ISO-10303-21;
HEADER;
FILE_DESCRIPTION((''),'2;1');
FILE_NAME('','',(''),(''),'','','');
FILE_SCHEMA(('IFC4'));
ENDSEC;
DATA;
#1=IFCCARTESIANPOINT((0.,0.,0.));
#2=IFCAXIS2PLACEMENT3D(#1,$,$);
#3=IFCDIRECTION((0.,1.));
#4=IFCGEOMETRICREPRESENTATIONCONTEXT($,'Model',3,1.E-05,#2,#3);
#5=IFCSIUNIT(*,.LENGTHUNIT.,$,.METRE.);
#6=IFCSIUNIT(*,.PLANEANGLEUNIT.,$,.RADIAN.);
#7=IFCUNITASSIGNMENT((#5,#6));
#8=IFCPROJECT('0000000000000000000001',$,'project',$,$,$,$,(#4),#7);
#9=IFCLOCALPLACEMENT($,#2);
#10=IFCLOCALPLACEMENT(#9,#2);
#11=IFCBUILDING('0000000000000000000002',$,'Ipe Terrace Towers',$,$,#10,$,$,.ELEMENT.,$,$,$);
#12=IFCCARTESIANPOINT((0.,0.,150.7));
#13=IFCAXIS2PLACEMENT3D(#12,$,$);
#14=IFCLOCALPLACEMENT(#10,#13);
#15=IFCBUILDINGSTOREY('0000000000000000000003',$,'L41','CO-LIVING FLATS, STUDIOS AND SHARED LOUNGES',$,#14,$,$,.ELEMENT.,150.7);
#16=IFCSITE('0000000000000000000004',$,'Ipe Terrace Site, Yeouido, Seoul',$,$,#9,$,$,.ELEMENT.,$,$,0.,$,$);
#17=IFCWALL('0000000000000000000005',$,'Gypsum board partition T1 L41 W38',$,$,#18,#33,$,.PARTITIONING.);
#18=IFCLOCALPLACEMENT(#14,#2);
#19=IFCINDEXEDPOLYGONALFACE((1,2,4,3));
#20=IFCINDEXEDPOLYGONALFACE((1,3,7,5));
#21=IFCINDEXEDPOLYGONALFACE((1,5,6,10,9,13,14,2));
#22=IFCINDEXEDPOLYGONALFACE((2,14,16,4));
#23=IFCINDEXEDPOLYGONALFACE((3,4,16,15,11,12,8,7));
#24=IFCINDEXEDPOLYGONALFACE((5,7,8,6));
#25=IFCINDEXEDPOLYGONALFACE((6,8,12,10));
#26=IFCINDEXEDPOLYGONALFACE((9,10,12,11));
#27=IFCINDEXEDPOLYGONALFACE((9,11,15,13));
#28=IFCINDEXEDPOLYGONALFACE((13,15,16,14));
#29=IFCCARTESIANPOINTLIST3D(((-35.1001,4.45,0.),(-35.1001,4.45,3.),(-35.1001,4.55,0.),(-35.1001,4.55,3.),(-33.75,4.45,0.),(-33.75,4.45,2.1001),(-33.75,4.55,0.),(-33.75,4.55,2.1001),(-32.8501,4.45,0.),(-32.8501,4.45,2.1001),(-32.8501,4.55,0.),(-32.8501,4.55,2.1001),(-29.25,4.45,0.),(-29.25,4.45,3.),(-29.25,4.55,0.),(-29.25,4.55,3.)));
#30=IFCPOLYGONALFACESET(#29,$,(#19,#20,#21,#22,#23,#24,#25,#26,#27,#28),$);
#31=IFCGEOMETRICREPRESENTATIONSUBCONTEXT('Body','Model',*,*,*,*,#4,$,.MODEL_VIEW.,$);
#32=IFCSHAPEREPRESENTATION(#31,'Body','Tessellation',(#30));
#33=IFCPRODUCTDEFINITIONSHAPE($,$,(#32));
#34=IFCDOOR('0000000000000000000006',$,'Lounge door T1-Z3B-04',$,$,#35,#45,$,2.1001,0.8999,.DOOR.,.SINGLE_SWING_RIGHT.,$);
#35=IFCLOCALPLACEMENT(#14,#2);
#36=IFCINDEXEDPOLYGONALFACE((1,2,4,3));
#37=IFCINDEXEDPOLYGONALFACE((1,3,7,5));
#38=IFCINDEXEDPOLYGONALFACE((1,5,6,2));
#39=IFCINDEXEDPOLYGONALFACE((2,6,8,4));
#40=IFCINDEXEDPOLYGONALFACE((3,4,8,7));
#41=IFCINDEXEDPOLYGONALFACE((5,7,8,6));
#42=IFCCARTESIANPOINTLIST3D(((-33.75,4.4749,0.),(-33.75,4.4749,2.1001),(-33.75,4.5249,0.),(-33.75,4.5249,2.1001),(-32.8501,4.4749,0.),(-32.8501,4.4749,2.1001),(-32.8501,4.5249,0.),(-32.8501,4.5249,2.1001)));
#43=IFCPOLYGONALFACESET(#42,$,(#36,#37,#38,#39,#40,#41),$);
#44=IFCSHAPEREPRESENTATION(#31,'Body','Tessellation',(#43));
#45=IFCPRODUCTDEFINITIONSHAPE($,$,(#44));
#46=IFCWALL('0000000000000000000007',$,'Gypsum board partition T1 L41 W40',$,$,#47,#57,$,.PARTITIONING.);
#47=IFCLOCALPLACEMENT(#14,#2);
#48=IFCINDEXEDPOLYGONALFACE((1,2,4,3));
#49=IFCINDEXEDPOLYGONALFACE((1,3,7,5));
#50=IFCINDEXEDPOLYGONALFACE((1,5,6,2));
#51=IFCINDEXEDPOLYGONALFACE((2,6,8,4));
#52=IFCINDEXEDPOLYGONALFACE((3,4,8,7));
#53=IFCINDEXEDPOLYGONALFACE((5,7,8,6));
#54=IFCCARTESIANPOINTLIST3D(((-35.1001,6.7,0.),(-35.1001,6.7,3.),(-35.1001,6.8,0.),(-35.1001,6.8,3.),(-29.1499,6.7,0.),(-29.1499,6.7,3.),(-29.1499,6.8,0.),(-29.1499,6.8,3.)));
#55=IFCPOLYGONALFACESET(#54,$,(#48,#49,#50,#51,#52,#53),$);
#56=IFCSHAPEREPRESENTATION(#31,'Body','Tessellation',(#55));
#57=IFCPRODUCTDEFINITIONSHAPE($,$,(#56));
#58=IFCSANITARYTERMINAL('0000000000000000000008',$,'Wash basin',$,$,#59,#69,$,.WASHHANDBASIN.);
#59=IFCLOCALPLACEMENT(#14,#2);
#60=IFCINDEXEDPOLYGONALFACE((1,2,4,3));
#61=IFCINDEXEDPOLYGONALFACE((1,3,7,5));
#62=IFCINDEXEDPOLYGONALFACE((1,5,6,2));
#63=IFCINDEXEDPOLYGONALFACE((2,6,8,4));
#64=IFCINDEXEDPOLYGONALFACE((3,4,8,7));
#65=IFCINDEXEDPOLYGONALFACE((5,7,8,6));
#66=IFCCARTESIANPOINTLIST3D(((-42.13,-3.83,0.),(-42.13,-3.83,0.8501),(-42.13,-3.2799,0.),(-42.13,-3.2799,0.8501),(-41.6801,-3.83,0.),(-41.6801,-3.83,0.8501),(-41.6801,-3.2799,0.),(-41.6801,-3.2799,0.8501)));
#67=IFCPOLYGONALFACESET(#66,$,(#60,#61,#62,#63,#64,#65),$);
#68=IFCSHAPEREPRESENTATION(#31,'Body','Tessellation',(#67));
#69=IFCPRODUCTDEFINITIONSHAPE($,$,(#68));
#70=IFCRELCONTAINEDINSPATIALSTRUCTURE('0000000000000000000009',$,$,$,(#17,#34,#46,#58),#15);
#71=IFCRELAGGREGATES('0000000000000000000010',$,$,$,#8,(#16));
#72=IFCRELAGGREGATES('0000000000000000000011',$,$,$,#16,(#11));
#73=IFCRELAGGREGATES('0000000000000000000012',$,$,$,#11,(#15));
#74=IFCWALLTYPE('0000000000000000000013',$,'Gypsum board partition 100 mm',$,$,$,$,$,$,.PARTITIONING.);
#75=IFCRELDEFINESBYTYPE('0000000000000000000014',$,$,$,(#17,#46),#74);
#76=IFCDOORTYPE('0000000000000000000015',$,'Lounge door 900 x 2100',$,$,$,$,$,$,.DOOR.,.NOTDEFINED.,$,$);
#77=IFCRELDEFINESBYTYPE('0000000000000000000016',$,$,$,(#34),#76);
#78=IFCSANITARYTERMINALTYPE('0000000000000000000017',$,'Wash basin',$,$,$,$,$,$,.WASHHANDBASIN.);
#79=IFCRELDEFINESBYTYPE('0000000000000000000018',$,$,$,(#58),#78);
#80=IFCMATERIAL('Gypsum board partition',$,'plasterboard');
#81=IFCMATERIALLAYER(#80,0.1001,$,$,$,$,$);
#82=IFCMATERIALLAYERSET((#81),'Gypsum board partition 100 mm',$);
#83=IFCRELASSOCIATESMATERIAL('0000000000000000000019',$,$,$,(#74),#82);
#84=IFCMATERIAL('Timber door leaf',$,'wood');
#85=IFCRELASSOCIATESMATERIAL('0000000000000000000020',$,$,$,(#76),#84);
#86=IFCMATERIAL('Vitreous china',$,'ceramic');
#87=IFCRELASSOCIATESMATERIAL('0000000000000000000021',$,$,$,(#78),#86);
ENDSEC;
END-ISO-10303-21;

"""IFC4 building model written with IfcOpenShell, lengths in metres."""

from ifc_helpers import new_model, si_unit, direction, frame, frame_2d, origin, origin_2d, place, context, subcontext, project, spatial, rectangle, extrude, material, layer, layer_set, type_object, element, fill, save


model = new_model("IFC4")

# Units and contexts
model_context = context("Model", 3, precision=1e-05, world=origin(), true_north=direction((0.0, 1.0)))
body_context = subcontext(model_context, "Body", "Model", "MODEL_VIEW")
ifc_project = project(units=[si_unit("LENGTHUNIT", "METRE"), si_unit("PLANEANGLEUNIT", "RADIAN")], contexts=[model_context])

# Site, building, storey
site_placement = place(None, origin())
site = spatial("IfcSite", under=ifc_project, at=site_placement, Name="Ipe Terrace Site, Yeouido, Seoul", CompositionType="ELEMENT", RefElevation=0.0)
building_placement = place(site_placement, origin())
building = spatial("IfcBuilding", under=site, at=building_placement, Name="Ipe Terrace Towers", CompositionType="ELEMENT")
storey_placement = place(building_placement, frame((0.0, 0.0, 150.7)))
storey = spatial("IfcBuildingStorey", under=building, at=storey_placement, Name="L41", Description="CO-LIVING FLATS, STUDIOS AND SHARED LOUNGES", CompositionType="ELEMENT", Elevation=150.7)

# Shared definitions
ifc_material_1 = material(Name="Gypsum board partition", Category="plasterboard")
ifc_layer = layer(ifc_material_1, 0.1001)
ifc_layer_set = layer_set([ifc_layer], Name="Gypsum board partition 100 mm")
wall_type = type_object("IfcWallType", Name="Gypsum board partition 100 mm", PredefinedType="PARTITIONING", material=ifc_layer_set)

# Shared definitions
ifc_material_2 = material(Name="Timber door leaf", Category="wood")
door_type = type_object("IfcDoorType", Name="Lounge door 900 x 2100", OperationType="NOTDEFINED", PredefinedType="DOOR", material=ifc_material_2)

# Wall, opening, door
wall_1_placement = place(storey_placement, frame((-35.1001, 4.5, 0.0), z_axis=(0.0, 0.0, 1.0), x_axis=(1.0, 0.0, 0.0)))
wall_1 = element("IfcWall", 1, at=wall_1_placement, inside=storey, type_object=wall_type, Name="Gypsum board partition T1 L41 W38", PredefinedType="PARTITIONING", context=body_context, shape_type="SweptSolid", body=[
    extrude(rectangle(XDim=5.8501, YDim=0.1001, at=frame_2d((2.925, 0.0))), origin(), (0.0, 0.0, 1.0), 3.0),
])
opening_1_placement = place(wall_1_placement, frame((1.3501, 0.0, 0.0)))
opening_1 = element("IfcOpeningElement", 2, at=opening_1_placement, cuts=wall_1, PredefinedType="OPENING", context=body_context, shape_type="SweptSolid", body=[
    extrude(rectangle(XDim=0.8999, YDim=2.1001, at=frame_2d((0.45, 1.05))), frame((0.0, 0.0601, 0.0), z_axis=(0.0, -1.0, 0.0), x_axis=(1.0, 0.0, 0.0)), (0.0, 0.0, 1.0), 0.1201),
])
door_1_placement = place(opening_1_placement, origin())
door_1 = element("IfcDoor", 3, at=door_1_placement, inside=storey, type_object=door_type, Name="Lounge door T1-Z3B-04", OperationType="SINGLE_SWING_RIGHT", OverallHeight=2.1001, OverallWidth=0.8999, PredefinedType="DOOR", context=body_context, shape_type="SweptSolid", body=[
    extrude(rectangle(XDim=0.8999, YDim=2.1001, at=frame_2d((0.45, 1.05))), frame((0.0, 0.0249, 0.0), z_axis=(0.0, -1.0, 0.0), x_axis=(1.0, 0.0, 0.0)), (0.0, 0.0, 1.0), 0.05),
])
fill(opening_1, door_1)

# Wall
wall_2_placement = place(storey_placement, frame((-35.1001, 6.75, 0.0), z_axis=(0.0, 0.0, 1.0), x_axis=(1.0, 0.0, 0.0)))
element("IfcWall", 4, at=wall_2_placement, inside=storey, type_object=wall_type, Name="Gypsum board partition T1 L41 W40", PredefinedType="PARTITIONING", context=body_context, shape_type="SweptSolid", body=[
    extrude(rectangle(XDim=5.9502, YDim=0.1001, at=frame_2d((2.9751, 0.0))), origin(), (0.0, 0.0, 1.0), 3.0),
])

# Sanitary terminal
ifc_material_3 = material(Name="Vitreous china", Category="ceramic")
sanitary_terminal_type = type_object("IfcSanitaryTerminalType", Name="Wash basin", PredefinedType="WASHHANDBASIN", material=ifc_material_3)
sanitary_terminal_placement = place(storey_placement, frame((-41.905, -3.5549, 0.0), z_axis=(0.0, 0.0, 1.0), x_axis=(0.0, 1.0, 0.0)))
element("IfcSanitaryTerminal", 5, at=sanitary_terminal_placement, inside=storey, type_object=sanitary_terminal_type, Name="Wash basin", PredefinedType="WASHHANDBASIN", context=body_context, shape_type="SweptSolid", body=[
    extrude(rectangle(XDim=0.55, YDim=0.45, at=origin_2d()), origin(), (0.0, 0.0, 1.0), 0.8501),
])

save(model, "model.ifc")
